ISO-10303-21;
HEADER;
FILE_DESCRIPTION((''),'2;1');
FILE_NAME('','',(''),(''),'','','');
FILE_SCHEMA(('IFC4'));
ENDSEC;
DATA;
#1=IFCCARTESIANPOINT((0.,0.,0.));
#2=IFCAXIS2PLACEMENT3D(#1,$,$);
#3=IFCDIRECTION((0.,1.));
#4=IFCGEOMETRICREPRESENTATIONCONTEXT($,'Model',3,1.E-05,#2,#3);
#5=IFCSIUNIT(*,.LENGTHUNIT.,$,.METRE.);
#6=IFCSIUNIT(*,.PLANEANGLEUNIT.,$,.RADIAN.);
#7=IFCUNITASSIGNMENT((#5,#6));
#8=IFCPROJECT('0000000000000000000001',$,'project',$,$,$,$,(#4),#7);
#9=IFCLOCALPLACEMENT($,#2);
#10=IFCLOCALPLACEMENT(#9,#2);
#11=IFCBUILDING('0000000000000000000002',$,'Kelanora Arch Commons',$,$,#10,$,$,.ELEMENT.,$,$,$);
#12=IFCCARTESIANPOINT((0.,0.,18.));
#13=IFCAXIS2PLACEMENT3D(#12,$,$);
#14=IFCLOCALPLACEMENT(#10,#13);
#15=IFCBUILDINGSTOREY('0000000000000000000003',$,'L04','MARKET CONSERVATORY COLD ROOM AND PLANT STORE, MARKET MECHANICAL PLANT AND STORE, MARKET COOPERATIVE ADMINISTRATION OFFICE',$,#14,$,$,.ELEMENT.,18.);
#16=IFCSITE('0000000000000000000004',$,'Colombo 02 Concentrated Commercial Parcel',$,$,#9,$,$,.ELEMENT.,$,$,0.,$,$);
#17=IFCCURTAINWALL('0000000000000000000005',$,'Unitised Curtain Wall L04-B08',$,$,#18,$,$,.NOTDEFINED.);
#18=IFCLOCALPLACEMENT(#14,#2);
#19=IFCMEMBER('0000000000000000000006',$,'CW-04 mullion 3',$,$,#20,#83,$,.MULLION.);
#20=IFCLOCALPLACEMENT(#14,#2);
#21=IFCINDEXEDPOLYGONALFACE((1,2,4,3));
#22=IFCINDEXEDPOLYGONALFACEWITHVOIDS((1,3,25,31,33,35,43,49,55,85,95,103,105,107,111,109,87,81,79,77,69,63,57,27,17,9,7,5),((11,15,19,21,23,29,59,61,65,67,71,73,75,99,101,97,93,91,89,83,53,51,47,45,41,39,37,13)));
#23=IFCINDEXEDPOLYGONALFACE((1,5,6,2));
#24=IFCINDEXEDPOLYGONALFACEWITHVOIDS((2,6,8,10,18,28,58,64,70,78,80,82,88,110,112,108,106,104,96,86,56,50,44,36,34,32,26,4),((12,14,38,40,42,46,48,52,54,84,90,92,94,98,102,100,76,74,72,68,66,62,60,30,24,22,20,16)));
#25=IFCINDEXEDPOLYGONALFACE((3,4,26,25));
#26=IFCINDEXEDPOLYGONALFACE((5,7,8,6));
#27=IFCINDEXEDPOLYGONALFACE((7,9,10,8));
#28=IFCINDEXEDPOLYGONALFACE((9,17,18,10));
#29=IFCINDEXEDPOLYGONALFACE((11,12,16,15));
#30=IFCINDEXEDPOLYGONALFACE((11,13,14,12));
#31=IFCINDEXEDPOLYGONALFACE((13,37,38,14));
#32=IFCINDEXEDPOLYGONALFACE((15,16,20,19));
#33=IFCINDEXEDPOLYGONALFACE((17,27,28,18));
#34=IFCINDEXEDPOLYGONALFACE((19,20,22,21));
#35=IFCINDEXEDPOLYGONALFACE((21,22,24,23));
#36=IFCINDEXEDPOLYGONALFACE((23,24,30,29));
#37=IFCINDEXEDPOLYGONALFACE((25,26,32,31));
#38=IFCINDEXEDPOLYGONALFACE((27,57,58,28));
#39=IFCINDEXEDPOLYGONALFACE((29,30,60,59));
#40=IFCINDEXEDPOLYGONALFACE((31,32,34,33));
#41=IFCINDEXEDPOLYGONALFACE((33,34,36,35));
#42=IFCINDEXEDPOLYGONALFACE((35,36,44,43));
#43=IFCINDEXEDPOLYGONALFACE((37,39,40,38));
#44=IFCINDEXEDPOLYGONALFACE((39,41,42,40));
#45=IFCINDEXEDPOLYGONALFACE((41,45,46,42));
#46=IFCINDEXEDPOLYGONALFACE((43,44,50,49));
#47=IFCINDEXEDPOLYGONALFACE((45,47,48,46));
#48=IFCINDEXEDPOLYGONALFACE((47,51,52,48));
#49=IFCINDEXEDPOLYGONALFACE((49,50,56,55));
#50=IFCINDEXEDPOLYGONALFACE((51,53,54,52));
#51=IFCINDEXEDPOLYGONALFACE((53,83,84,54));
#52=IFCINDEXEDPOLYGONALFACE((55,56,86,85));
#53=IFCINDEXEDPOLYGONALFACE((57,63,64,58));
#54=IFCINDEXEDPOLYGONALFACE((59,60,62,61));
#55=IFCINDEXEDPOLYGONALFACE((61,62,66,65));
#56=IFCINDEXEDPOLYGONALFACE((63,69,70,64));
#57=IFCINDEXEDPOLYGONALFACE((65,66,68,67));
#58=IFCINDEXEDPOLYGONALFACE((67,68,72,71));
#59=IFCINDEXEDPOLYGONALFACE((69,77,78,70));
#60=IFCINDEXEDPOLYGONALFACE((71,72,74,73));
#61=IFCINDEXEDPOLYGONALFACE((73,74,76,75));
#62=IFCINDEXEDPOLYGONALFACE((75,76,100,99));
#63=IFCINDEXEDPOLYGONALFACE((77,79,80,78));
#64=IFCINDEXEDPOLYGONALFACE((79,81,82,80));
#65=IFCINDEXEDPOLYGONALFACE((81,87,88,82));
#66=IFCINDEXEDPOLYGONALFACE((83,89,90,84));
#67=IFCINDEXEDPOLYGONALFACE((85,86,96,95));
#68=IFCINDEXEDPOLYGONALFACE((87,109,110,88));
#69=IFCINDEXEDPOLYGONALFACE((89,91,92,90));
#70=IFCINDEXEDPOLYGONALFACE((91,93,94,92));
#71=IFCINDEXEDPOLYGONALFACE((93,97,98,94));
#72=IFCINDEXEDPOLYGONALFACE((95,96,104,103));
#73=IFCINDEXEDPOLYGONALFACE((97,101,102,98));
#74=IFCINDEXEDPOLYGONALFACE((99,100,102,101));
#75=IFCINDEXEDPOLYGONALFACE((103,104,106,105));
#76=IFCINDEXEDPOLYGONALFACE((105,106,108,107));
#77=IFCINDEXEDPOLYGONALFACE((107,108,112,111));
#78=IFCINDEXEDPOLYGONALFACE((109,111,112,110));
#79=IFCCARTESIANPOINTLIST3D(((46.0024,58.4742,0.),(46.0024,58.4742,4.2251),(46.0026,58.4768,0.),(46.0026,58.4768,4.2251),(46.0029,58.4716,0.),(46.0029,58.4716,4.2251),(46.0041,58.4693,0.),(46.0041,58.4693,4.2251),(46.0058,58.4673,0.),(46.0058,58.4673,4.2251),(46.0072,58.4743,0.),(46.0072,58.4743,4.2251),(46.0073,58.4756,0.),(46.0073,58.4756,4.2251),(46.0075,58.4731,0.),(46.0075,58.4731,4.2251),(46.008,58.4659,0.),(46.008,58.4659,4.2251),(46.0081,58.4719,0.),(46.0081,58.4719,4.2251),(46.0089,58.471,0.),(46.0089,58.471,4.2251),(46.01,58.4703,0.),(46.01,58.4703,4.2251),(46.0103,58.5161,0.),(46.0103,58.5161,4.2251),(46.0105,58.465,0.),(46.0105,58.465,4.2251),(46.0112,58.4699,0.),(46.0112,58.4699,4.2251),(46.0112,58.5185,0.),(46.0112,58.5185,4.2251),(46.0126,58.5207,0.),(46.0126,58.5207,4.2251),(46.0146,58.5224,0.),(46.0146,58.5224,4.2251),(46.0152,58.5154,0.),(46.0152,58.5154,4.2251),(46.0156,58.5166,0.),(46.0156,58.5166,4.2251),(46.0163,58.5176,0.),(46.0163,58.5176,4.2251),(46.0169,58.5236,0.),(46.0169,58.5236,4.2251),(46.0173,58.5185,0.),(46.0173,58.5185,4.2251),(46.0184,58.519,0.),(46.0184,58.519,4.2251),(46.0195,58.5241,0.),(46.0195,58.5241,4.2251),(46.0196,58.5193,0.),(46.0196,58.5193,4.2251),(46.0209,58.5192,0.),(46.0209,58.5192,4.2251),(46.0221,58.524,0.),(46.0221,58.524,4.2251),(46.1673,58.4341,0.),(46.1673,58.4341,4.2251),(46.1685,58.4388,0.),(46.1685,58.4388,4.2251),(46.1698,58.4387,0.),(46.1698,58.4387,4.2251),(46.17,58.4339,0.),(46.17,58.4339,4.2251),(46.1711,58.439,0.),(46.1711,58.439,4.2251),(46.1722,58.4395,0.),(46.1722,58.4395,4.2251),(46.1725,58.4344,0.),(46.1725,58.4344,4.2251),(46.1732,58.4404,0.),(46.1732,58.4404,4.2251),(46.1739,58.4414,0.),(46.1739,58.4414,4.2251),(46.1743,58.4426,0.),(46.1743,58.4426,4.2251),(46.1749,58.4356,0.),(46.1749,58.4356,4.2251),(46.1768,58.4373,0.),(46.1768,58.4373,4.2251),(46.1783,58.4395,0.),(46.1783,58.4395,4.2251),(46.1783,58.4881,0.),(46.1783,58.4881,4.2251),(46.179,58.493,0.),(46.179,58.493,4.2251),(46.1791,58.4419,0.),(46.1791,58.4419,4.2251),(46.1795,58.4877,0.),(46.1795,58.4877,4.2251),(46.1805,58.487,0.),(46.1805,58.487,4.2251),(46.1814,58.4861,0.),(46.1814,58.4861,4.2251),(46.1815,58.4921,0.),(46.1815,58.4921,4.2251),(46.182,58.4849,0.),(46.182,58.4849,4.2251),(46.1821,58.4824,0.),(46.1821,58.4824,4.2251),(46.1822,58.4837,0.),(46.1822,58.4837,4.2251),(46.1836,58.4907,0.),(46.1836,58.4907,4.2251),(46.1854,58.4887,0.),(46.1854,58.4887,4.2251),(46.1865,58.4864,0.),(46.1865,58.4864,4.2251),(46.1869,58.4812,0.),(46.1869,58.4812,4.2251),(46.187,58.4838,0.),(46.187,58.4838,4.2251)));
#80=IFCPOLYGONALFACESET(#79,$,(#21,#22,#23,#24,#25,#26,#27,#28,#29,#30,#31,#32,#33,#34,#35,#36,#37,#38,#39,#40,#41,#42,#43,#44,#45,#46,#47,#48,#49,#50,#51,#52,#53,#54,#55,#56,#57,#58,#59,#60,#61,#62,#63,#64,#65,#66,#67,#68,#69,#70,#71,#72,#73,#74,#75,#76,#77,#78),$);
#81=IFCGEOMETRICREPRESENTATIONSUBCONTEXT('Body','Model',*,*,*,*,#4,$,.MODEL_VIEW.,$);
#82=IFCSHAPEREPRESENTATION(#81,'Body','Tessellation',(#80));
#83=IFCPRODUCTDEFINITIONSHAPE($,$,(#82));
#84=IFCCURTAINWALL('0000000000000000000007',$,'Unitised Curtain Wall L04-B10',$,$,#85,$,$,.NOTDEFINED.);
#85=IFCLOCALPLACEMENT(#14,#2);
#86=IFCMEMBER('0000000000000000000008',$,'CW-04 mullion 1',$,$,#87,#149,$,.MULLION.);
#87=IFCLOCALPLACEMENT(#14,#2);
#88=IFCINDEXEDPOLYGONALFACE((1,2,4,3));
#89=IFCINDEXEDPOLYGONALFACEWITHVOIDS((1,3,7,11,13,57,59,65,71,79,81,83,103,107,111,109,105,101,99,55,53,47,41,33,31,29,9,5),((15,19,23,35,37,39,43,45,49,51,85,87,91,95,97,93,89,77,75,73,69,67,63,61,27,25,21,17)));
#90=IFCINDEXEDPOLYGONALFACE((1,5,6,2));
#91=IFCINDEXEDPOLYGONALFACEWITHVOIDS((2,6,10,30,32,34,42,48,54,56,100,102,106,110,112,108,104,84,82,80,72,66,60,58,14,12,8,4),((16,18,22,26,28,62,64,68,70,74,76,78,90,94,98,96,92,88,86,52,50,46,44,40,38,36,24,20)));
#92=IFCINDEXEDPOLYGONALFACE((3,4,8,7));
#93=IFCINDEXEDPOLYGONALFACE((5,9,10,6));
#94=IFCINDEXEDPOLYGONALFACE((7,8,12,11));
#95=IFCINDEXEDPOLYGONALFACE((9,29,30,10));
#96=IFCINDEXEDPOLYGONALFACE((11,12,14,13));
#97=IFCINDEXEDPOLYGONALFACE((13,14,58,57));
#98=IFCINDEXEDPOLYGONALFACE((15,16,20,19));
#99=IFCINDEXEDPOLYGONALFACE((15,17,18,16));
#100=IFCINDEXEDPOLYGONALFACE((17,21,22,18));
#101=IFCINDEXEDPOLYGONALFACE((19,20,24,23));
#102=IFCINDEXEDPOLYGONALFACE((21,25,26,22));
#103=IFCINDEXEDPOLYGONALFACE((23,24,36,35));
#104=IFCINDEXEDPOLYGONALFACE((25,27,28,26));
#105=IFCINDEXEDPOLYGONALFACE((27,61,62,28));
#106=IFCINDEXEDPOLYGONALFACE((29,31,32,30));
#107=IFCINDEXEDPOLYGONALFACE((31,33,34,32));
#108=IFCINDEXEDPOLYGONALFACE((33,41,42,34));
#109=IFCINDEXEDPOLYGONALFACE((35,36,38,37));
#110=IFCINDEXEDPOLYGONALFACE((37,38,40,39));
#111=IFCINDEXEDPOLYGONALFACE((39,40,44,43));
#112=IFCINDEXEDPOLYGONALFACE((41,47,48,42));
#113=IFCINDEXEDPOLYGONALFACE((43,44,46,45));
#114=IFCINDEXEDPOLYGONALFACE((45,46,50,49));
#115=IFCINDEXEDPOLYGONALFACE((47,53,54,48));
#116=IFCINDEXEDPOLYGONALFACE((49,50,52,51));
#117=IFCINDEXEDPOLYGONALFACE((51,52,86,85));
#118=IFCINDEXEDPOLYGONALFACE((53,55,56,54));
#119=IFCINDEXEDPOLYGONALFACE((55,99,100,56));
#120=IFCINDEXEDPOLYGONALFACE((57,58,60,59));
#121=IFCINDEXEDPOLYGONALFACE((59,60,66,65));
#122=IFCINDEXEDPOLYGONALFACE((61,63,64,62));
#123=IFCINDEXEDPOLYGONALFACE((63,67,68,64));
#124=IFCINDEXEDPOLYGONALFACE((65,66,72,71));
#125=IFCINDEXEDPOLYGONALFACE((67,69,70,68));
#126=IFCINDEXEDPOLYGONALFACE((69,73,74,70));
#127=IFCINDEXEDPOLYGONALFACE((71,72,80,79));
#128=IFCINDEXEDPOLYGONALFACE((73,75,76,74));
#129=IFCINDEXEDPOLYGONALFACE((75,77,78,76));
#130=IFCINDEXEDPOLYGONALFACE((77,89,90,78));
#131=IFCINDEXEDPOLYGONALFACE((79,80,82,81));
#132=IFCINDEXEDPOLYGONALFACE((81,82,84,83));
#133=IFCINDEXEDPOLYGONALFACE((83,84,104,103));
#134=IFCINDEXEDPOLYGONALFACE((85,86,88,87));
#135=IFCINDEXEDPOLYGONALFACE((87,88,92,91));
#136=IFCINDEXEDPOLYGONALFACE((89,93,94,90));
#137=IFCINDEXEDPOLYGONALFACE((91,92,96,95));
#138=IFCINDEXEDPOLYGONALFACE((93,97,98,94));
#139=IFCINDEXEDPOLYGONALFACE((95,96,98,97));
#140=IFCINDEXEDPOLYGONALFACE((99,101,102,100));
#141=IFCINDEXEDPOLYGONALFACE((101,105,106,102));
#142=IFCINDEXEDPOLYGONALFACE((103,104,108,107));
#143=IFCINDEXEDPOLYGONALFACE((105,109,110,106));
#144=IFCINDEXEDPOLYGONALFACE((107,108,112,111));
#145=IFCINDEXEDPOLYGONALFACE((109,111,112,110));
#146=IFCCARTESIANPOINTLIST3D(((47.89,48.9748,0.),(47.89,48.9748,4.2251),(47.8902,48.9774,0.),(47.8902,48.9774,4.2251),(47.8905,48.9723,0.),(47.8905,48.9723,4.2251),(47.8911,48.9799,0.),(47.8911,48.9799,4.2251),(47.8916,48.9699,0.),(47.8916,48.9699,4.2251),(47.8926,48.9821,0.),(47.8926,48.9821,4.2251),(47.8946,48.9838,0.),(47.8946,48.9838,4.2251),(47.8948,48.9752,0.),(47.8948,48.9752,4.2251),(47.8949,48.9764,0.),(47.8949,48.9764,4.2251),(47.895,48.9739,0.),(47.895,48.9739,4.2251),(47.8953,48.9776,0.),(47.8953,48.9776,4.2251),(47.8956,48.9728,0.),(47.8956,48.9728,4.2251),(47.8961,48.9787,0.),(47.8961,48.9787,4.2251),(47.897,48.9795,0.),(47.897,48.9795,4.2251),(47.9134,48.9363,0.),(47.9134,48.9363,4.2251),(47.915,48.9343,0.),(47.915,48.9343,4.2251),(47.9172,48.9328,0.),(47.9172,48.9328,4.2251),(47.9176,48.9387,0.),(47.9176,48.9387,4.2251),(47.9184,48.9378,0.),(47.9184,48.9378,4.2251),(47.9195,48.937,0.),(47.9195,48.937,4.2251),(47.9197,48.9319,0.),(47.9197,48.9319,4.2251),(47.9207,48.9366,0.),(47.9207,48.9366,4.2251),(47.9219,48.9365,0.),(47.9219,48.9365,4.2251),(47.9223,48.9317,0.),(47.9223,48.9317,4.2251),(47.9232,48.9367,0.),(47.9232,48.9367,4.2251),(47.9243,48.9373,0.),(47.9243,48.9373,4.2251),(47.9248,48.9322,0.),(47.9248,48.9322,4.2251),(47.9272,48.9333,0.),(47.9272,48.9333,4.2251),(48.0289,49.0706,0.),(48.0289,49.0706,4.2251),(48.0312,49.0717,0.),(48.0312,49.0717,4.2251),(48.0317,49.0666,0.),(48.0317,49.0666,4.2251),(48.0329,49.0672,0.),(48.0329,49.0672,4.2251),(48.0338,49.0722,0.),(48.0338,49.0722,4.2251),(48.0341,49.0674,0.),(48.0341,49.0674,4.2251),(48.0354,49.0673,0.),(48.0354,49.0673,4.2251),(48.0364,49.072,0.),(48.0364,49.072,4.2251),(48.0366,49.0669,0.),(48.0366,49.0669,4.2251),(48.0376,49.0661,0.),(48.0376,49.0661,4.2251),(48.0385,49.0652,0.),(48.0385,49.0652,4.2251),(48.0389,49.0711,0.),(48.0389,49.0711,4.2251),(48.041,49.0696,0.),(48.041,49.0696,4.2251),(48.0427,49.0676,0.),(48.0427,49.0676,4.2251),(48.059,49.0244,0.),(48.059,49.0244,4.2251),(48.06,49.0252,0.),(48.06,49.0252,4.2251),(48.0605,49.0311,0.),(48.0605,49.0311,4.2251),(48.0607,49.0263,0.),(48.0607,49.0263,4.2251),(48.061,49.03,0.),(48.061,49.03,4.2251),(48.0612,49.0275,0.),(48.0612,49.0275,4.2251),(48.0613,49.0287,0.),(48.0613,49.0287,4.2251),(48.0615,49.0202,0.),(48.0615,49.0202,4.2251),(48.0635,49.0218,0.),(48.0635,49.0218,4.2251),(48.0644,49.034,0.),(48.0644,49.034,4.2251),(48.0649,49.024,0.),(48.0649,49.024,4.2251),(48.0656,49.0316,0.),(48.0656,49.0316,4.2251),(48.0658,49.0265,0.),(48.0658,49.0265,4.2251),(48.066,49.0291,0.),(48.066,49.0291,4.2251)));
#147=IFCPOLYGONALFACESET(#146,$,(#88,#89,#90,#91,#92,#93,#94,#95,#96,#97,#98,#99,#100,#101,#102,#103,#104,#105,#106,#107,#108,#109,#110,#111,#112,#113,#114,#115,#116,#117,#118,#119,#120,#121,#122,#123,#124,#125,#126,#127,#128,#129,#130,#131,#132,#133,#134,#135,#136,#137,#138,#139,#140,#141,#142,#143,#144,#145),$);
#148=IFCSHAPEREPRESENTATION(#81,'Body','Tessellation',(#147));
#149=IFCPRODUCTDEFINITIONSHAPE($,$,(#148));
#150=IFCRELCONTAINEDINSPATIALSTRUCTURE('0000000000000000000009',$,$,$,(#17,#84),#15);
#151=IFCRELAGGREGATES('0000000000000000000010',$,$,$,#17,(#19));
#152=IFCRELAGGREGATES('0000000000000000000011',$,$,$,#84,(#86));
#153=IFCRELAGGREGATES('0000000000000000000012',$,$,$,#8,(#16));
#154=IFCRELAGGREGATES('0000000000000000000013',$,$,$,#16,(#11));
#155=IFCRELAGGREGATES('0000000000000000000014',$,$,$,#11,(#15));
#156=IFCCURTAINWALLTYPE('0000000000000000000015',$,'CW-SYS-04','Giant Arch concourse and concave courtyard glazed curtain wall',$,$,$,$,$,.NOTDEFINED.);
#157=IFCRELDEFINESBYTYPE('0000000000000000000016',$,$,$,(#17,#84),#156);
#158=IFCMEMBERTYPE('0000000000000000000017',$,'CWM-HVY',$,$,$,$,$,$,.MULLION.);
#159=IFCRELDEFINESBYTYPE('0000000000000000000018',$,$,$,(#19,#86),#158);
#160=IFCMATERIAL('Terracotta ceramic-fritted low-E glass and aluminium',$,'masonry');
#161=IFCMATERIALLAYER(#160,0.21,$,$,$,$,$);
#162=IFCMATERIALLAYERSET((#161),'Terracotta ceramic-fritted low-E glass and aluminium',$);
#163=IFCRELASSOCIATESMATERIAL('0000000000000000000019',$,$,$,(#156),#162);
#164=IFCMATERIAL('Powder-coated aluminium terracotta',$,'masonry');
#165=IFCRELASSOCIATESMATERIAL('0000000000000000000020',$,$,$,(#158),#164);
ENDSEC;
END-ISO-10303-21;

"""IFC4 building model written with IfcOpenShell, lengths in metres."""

from ifc_helpers import new_model, si_unit, direction, frame, origin, origin_2d, place, context, subcontext, project, spatial, hollow_rectangle, extrude, material, layer, layer_set, material_profile, profile_set, type_object, element, aggregate, save


model = new_model("IFC4")

# Units and contexts
model_context = context("Model", 3, precision=1e-05, world=origin(), true_north=direction((0.0, 1.0)))
body_context = subcontext(model_context, "Body", "Model", "MODEL_VIEW")
ifc_project = project(units=[si_unit("LENGTHUNIT", "METRE"), si_unit("PLANEANGLEUNIT", "RADIAN")], contexts=[model_context])

# Site, building, storey
site_placement = place(None, origin())
site = spatial("IfcSite", under=ifc_project, at=site_placement, Name="Colombo 02 Concentrated Commercial Parcel", CompositionType="ELEMENT", RefElevation=0.0)
building_placement = place(site_placement, origin())
building = spatial("IfcBuilding", under=site, at=building_placement, Name="Kelanora Arch Commons", CompositionType="ELEMENT")
storey_placement = place(building_placement, frame((0.0, 0.0, 18.0)))
storey = spatial("IfcBuildingStorey", under=building, at=storey_placement, Name="L04", Description="MARKET CONSERVATORY COLD ROOM AND PLANT STORE, MARKET MECHANICAL PLANT AND STORE, MARKET COOPERATIVE ADMINISTRATION OFFICE", CompositionType="ELEMENT", Elevation=18.0)

# Curtain walls, members
ifc_material_1 = material(Name="Terracotta ceramic-fritted low-E glass and aluminium", Category="masonry")
ifc_layer_1 = layer(ifc_material_1, 0.21)
ifc_layer_set_1 = layer_set([ifc_layer_1], Name="Terracotta ceramic-fritted low-E glass and aluminium")
curtain_wall_type_1 = type_object("IfcCurtainWallType", Name="CW-SYS-04", Description="Giant Arch concourse and concave courtyard glazed curtain wall", PredefinedType="NOTDEFINED", material=ifc_layer_set_1)
curtain_wall_1_placement = place(storey_placement, origin())
curtain_wall_1 = element("IfcCurtainWall", 1, at=curtain_wall_1_placement, inside=storey, type_object=curtain_wall_type_1, Name="Unitised Curtain Wall L04-B08", PredefinedType="NOTDEFINED")
ifc_material_2 = material(Name="Powder-coated aluminium terracotta", Category="masonry")
ifc_material_profile_1 = material_profile(ifc_material_2, hollow_rectangle(XDim=0.1799, YDim=0.0601, WallThickness=0.0049, InnerFilletRadius=0.0049, OuterFilletRadius=0.01, at=origin_2d()), Name="CWM180x60")
ifc_profile_set_1 = profile_set([ifc_material_profile_1], Name="Powder-coated aluminium terracotta")
member_type_1 = type_object("IfcMemberType", Name="CWM-HVY", PredefinedType="MULLION", material=ifc_profile_set_1)
member_1_placement = place(storey_placement, frame((46.0947, 58.479, 0.0), z_axis=(0.0, 0.0, 1.0), x_axis=(0.981054, -0.193737, 0.0)))
member_1 = element("IfcMember", 2, at=member_1_placement, type_object=member_type_1, Name="CW-04 mullion 3", PredefinedType="MULLION", context=body_context, shape_type="SweptSolid", body=[
    extrude(hollow_rectangle(XDim=0.1799, YDim=0.0601, WallThickness=0.0049, InnerFilletRadius=0.0049, OuterFilletRadius=0.01, at=origin_2d()), origin(), (0.0, 0.0, 1.0), 4.2251),
])
aggregate(curtain_wall_1, [member_1])
curtain_wall_2_placement = place(storey_placement, origin())
curtain_wall_2 = element("IfcCurtainWall", 3, at=curtain_wall_2_placement, inside=storey, type_object=curtain_wall_type_1, Name="Unitised Curtain Wall L04-B10", PredefinedType="NOTDEFINED")
member_2_placement = place(storey_placement, frame((47.978, 49.002, 0.0), z_axis=(0.0, 0.0, 1.0), x_axis=(0.839729, 0.543006, 0.0)))
member_2 = element("IfcMember", 4, at=member_2_placement, type_object=member_type_1, Name="CW-04 mullion 1", PredefinedType="MULLION", context=body_context, shape_type="SweptSolid", body=[
    extrude(hollow_rectangle(XDim=0.1799, YDim=0.0601, WallThickness=0.0049, InnerFilletRadius=0.0049, OuterFilletRadius=0.01, at=origin_2d()), origin(), (0.0, 0.0, 1.0), 4.2251),
])

aggregate(curtain_wall_2, [member_2])

save(model, "model.ifc")
